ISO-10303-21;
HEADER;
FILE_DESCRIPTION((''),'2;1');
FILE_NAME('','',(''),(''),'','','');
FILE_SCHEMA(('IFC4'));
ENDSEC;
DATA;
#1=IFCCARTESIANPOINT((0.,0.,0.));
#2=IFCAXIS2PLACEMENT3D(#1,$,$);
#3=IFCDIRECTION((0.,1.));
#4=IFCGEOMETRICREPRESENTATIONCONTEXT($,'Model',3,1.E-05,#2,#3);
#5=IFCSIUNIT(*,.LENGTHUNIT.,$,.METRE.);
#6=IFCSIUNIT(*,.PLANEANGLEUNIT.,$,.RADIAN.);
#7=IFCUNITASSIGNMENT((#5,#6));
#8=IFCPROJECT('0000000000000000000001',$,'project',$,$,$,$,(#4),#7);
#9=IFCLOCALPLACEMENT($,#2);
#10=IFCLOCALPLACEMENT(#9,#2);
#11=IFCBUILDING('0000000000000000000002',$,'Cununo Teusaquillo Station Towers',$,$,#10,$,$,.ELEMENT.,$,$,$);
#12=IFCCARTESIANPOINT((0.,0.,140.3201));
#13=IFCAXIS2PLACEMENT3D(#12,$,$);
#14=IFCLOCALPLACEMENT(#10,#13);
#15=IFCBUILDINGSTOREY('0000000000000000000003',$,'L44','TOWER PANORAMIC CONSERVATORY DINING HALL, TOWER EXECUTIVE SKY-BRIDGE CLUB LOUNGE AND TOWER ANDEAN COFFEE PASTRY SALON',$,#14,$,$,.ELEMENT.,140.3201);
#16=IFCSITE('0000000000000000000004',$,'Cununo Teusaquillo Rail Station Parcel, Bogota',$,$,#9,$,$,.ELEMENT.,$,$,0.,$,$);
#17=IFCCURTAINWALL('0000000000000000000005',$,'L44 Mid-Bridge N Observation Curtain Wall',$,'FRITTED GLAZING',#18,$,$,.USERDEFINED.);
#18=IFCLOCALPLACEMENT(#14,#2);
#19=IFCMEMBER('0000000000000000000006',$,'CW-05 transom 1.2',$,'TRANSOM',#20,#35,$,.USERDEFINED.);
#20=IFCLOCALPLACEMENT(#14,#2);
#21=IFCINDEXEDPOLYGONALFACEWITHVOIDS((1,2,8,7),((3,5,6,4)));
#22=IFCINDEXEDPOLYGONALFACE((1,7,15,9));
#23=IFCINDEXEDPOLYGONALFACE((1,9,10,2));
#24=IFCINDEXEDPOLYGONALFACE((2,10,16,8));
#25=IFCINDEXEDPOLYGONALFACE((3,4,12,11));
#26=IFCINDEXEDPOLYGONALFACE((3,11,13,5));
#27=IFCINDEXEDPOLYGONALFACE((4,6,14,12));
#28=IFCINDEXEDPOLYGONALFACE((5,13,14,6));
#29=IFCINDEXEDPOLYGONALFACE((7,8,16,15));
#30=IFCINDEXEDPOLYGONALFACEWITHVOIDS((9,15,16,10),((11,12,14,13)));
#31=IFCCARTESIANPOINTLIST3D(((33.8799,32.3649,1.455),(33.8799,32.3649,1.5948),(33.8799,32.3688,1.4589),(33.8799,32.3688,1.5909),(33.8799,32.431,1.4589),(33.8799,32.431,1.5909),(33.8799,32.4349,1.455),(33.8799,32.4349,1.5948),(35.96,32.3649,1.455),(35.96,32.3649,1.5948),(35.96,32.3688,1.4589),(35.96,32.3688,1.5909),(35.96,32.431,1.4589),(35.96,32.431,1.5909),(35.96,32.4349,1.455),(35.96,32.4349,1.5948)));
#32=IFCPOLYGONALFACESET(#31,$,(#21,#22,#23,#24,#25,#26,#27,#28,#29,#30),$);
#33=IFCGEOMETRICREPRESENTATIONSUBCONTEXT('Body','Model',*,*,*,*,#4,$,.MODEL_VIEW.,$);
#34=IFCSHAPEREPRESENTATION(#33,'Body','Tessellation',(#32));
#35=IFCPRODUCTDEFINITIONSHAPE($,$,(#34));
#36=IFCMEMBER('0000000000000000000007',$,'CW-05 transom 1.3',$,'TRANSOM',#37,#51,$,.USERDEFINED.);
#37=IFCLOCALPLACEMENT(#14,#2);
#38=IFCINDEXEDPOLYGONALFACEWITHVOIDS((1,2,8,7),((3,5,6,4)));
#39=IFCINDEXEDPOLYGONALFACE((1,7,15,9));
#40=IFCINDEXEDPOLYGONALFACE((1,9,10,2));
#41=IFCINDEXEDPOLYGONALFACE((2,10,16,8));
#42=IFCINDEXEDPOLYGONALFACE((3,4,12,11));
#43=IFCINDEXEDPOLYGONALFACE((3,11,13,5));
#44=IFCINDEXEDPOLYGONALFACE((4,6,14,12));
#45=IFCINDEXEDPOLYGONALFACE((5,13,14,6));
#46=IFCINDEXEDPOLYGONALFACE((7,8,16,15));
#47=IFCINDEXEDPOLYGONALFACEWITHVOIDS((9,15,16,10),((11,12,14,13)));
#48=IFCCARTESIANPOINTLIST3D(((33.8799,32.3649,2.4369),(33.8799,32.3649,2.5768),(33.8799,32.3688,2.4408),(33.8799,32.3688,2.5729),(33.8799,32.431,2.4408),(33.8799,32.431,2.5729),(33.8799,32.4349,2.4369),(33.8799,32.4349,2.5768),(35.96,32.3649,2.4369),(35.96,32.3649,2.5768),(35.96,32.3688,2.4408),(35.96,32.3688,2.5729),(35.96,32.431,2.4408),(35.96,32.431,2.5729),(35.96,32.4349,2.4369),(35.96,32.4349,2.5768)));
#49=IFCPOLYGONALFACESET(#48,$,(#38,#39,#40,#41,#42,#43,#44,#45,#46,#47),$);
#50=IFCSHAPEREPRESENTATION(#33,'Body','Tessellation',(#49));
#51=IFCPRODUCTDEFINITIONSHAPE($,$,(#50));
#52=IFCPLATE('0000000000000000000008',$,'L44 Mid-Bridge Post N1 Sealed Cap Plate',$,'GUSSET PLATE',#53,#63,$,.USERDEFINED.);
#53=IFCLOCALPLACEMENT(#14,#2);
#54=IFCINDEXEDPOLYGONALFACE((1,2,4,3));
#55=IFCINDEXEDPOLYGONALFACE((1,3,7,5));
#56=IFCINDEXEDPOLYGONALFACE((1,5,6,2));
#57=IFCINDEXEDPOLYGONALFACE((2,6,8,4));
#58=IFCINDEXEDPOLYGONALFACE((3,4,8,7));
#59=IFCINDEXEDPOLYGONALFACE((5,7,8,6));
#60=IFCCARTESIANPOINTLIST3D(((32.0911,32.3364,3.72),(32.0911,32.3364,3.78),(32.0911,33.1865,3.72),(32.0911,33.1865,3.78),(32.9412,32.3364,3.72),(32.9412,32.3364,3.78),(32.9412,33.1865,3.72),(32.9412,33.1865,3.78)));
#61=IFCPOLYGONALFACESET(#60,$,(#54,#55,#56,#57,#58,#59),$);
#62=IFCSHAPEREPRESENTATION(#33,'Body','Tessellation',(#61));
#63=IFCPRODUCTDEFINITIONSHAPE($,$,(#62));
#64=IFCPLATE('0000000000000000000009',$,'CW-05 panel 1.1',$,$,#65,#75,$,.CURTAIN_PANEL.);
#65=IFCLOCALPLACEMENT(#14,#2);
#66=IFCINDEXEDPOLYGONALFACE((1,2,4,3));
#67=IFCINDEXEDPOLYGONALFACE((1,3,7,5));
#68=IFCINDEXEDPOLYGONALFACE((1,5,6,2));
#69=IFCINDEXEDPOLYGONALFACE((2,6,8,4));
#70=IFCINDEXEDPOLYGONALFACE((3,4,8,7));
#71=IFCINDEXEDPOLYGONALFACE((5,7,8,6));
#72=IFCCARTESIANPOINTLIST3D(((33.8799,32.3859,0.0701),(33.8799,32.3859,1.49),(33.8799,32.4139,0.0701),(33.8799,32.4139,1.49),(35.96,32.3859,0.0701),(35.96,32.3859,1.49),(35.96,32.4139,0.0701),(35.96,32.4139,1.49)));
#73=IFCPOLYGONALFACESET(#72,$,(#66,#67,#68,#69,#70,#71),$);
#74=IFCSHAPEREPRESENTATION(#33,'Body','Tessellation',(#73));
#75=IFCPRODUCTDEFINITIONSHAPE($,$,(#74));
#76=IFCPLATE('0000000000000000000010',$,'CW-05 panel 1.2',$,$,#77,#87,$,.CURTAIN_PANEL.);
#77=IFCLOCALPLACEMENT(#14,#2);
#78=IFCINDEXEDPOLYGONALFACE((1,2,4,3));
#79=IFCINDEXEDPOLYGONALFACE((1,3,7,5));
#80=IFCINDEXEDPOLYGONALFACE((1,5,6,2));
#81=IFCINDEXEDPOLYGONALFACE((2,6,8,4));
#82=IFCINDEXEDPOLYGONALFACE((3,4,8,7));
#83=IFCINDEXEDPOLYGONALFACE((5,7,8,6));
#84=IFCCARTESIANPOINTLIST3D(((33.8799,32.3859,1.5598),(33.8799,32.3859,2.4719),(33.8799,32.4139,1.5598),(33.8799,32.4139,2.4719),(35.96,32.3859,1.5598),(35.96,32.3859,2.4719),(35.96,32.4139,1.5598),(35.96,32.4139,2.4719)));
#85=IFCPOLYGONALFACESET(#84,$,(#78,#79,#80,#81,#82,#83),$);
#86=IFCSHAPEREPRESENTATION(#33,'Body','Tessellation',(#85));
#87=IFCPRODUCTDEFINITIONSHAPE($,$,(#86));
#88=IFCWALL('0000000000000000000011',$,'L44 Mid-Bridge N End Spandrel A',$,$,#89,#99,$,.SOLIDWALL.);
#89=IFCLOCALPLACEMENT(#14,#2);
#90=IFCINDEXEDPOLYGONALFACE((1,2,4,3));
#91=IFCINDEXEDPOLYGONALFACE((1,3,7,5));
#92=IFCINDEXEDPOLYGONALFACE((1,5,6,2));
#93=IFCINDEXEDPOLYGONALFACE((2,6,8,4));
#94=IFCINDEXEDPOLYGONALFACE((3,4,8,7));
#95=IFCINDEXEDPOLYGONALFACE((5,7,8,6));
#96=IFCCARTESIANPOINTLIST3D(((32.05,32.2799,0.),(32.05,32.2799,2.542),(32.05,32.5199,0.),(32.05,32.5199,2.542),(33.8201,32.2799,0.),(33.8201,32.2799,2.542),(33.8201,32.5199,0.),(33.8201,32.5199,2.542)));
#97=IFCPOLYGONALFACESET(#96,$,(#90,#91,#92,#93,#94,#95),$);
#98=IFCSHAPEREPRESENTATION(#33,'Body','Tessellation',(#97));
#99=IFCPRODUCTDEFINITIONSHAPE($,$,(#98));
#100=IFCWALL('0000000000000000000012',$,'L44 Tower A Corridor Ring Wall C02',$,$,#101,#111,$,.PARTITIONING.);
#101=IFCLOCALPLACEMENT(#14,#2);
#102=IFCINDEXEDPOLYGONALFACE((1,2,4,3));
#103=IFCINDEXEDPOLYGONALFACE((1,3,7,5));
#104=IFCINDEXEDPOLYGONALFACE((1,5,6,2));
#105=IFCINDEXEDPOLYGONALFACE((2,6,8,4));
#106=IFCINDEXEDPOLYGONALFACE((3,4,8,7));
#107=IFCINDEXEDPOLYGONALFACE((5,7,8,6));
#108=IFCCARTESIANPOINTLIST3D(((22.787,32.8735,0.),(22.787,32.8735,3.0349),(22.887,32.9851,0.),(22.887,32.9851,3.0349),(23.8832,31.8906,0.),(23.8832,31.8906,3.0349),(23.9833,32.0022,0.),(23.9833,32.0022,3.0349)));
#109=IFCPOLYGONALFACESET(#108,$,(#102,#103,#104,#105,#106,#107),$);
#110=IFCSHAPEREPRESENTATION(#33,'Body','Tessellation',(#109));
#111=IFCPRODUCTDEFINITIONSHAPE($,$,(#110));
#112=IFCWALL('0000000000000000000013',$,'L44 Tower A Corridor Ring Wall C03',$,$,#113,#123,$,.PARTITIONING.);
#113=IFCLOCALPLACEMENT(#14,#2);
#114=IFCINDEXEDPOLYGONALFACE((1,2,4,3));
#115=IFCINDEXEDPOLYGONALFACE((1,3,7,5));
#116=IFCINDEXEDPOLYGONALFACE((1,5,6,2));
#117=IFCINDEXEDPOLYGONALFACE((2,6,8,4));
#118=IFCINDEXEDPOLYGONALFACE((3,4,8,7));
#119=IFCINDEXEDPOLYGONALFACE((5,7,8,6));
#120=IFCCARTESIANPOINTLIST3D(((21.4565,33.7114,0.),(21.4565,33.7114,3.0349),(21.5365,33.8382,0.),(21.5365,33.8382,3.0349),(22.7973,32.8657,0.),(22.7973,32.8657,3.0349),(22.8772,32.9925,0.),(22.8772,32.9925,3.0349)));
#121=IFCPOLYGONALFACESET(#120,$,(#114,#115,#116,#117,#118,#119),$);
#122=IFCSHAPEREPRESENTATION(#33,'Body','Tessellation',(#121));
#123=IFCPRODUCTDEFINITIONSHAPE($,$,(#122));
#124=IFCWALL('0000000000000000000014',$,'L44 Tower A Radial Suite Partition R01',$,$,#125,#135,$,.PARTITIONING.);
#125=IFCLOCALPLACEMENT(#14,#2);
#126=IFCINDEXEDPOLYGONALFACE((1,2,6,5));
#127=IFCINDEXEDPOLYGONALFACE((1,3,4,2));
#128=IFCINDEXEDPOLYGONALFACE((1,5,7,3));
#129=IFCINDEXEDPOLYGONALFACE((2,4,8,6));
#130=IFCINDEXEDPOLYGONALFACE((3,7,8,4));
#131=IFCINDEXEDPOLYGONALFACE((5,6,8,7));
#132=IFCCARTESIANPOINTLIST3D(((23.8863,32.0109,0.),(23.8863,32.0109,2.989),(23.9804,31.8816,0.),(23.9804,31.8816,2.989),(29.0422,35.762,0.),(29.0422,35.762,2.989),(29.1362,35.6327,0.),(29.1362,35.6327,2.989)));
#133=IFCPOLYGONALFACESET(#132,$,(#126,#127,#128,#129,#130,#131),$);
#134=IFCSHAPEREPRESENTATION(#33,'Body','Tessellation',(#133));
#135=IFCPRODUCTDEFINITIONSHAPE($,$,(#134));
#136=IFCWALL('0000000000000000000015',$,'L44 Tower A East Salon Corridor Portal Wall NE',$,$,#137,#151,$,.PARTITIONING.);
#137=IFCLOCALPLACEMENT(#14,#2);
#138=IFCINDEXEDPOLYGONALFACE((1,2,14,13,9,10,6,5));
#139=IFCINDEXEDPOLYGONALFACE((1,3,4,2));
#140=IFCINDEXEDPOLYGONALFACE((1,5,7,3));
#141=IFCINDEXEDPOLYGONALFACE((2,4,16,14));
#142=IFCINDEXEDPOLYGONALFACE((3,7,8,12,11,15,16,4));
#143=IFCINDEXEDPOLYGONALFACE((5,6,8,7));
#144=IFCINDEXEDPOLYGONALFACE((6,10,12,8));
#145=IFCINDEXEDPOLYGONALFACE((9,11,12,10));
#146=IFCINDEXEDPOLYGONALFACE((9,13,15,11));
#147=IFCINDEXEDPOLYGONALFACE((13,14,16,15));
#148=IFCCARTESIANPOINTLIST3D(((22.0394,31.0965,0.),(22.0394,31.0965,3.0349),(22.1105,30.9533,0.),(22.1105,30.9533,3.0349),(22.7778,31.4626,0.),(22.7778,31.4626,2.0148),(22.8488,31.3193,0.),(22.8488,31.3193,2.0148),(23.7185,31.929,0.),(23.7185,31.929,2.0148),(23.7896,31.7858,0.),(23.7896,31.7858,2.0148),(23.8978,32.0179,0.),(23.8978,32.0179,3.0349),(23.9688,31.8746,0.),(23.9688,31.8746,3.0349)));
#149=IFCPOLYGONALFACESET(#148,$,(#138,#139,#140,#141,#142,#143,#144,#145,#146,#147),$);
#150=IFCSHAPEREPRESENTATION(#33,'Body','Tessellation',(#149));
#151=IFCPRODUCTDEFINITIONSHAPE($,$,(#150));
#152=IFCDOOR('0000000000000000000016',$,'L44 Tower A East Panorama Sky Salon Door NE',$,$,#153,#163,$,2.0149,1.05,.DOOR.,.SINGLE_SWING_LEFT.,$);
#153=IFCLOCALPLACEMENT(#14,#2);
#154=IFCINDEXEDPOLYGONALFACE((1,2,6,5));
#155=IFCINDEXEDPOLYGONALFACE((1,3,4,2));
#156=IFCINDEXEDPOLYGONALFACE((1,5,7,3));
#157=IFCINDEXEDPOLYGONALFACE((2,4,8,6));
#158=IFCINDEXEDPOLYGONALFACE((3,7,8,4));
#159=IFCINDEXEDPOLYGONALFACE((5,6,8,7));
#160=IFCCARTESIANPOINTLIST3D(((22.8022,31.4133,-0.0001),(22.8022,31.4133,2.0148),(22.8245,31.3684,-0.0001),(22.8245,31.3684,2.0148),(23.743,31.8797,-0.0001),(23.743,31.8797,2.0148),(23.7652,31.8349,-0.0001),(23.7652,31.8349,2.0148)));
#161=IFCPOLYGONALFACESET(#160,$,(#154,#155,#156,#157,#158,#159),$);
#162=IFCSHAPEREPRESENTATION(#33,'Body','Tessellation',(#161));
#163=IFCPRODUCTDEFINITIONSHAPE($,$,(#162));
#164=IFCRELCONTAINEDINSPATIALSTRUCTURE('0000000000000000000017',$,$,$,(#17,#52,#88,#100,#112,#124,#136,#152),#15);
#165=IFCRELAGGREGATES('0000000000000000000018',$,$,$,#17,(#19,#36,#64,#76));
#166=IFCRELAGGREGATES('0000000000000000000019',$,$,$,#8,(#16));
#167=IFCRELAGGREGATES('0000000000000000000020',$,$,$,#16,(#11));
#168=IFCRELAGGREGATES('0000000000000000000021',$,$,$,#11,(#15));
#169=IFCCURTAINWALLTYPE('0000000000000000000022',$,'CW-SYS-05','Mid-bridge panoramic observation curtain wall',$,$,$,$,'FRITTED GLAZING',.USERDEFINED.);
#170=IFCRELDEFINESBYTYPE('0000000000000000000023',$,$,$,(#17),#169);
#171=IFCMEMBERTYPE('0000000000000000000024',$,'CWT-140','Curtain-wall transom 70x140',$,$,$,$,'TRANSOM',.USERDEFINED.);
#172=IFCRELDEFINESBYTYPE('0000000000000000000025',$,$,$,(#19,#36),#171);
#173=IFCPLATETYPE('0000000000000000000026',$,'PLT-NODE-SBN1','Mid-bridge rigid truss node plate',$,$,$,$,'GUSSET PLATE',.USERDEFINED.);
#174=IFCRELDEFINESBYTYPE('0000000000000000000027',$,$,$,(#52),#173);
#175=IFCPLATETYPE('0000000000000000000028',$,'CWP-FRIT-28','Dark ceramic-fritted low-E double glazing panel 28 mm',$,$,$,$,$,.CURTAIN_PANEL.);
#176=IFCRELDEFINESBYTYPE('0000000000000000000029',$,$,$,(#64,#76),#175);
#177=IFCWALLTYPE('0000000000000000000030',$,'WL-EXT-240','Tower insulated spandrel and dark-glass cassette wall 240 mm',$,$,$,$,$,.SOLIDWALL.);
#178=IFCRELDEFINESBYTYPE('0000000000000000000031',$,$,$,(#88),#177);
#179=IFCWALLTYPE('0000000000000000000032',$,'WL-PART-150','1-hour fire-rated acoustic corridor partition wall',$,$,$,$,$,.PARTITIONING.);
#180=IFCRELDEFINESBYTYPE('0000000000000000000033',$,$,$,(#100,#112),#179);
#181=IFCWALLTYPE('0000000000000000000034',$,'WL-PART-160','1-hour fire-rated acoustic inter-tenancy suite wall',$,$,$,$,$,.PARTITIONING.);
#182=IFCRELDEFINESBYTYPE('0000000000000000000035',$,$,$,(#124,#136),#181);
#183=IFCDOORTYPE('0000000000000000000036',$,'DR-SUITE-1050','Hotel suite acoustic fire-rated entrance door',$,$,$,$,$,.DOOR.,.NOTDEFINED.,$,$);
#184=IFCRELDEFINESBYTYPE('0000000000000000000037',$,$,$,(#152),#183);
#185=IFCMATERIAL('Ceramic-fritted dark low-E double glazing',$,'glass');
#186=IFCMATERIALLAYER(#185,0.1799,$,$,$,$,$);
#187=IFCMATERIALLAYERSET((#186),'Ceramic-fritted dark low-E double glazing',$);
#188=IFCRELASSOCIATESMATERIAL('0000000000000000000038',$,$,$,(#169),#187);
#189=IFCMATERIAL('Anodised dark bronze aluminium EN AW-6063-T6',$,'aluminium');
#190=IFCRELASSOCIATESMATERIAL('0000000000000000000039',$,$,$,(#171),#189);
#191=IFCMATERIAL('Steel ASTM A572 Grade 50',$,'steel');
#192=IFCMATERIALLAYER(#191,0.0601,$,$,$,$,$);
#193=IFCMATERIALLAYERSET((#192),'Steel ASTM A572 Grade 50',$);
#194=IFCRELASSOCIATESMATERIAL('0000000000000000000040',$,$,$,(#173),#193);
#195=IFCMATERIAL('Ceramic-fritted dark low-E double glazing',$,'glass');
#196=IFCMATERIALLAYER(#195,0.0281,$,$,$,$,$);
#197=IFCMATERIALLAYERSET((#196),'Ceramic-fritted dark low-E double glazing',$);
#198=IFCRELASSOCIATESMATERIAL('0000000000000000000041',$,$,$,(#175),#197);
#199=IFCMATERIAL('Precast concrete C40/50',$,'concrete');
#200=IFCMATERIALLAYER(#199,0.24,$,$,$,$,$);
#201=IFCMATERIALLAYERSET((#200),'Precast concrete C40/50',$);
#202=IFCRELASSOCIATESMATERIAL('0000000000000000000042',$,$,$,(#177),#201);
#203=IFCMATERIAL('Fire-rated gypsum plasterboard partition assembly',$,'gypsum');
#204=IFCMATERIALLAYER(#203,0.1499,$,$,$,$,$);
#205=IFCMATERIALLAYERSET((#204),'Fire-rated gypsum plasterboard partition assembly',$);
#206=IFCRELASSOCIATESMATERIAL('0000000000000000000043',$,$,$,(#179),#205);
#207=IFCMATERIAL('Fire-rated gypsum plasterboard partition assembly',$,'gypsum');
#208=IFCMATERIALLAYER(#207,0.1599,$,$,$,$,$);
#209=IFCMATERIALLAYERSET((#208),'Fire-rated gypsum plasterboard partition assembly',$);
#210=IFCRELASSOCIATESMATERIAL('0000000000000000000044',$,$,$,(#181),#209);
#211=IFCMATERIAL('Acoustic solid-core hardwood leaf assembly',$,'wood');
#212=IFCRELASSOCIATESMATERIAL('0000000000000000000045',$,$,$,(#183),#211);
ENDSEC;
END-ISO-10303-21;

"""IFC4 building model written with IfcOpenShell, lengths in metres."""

from ifc_helpers import new_model, si_unit, direction, frame, frame_2d, origin, origin_2d, place, context, subcontext, project, spatial, rectangle, hollow_rectangle, extrude, source, transform, mapped, material, layer, layer_set, material_profile, profile_set, type_object, element, fill, aggregate, save


model = new_model("IFC4")

# Units and contexts
model_context = context("Model", 3, precision=1e-05, world=origin(), true_north=direction((0.0, 1.0)))
body_context = subcontext(model_context, "Body", "Model", "MODEL_VIEW")
ifc_project = project(units=[si_unit("LENGTHUNIT", "METRE"), si_unit("PLANEANGLEUNIT", "RADIAN")], contexts=[model_context])

# Site, building, storey
site_placement = place(None, origin())
site = spatial("IfcSite", under=ifc_project, at=site_placement, Name="Cununo Teusaquillo Rail Station Parcel, Bogota", CompositionType="ELEMENT", RefElevation=0.0)
building_placement = place(site_placement, origin())
building = spatial("IfcBuilding", under=site, at=building_placement, Name="Cununo Teusaquillo Station Towers", CompositionType="ELEMENT")
storey_placement = place(building_placement, frame((0.0, 0.0, 140.3201)))
storey = spatial("IfcBuildingStorey", under=building, at=storey_placement, Name="L44", Description="TOWER PANORAMIC CONSERVATORY DINING HALL, TOWER EXECUTIVE SKY-BRIDGE CLUB LOUNGE AND TOWER ANDEAN COFFEE PASTRY SALON", CompositionType="ELEMENT", Elevation=140.3201)

# Curtain wall, members
ifc_material_1 = material(Name="Ceramic-fritted dark low-E double glazing", Category="glass")
ifc_layer_1 = layer(ifc_material_1, 0.1799)
ifc_layer_set_1 = layer_set([ifc_layer_1], Name="Ceramic-fritted dark low-E double glazing")
curtain_wall_type = type_object("IfcCurtainWallType", Name="CW-SYS-05", Description="Mid-bridge panoramic observation curtain wall", ElementType="FRITTED GLAZING", PredefinedType="USERDEFINED", material=ifc_layer_set_1)
curtain_wall_placement = place(storey_placement, origin())
curtain_wall = element("IfcCurtainWall", 1, at=curtain_wall_placement, inside=storey, type_object=curtain_wall_type, Name="L44 Mid-Bridge N Observation Curtain Wall", ObjectType="FRITTED GLAZING", PredefinedType="USERDEFINED")
ifc_material_2 = material(Name="Anodised dark bronze aluminium EN AW-6063-T6", Category="aluminium")
ifc_material_profile_1 = material_profile(ifc_material_2, hollow_rectangle(XDim=0.0701, YDim=0.1399, WallThickness=0.0039, at=origin_2d()), Name="CW-TRAN-70x140")
ifc_profile_set_1 = profile_set([ifc_material_profile_1], Name="Anodised dark bronze aluminium EN AW-6063-T6")
member_type_1 = type_object("IfcMemberType", Name="CWT-140", Description="Curtain-wall transom 70x140", ElementType="TRANSOM", PredefinedType="USERDEFINED", material=ifc_profile_set_1)
member_1_placement = place(storey_placement, frame((33.8799, 32.3999, 1.5249), z_axis=(1.0, 0.0, 0.0), x_axis=(0.0, 1.0, 0.0)))
member_1 = element("IfcMember", 2, at=member_1_placement, type_object=member_type_1, Name="CW-05 transom 1.2", ObjectType="TRANSOM", PredefinedType="USERDEFINED", context=body_context, shape_type="SweptSolid", body=[
    extrude(hollow_rectangle(XDim=0.0701, YDim=0.1399, WallThickness=0.0039, at=origin_2d()), origin(), (0.0, 0.0, 1.0), 2.0801),
])
member_2_placement = place(storey_placement, frame((33.8799, 32.3999, 2.5068), z_axis=(1.0, 0.0, 0.0), x_axis=(0.0, 1.0, 0.0)))
member_2 = element("IfcMember", 3, at=member_2_placement, type_object=member_type_1, Name="CW-05 transom 1.3", ObjectType="TRANSOM", PredefinedType="USERDEFINED", context=body_context, shape_type="SweptSolid", body=[
    extrude(hollow_rectangle(XDim=0.0701, YDim=0.1399, WallThickness=0.0039, at=origin_2d()), origin(), (0.0, 0.0, 1.0), 2.0801),
])

# Plates
ifc_material_3 = material(Name="Steel ASTM A572 Grade 50", Category="steel")
ifc_layer_2 = layer(ifc_material_3, 0.0601)
ifc_layer_set_2 = layer_set([ifc_layer_2], Name="Steel ASTM A572 Grade 50")
plate_type_1 = type_object("IfcPlateType", Name="PLT-NODE-SBN1", Description="Mid-bridge rigid truss node plate", ElementType="GUSSET PLATE", PredefinedType="USERDEFINED", material=ifc_layer_set_2)
shared_shape_1 = source(origin(), body_context, "Body", "SweptSolid", [
    extrude(rectangle(XDim=0.8501, YDim=0.8501, at=origin_2d()), origin(), (0.0, 0.0, 1.0), 0.0601),
])
plate_1_placement = place(storey_placement, frame((32.5161, 32.7615, 3.72), z_axis=(0.0, 0.0, 1.0), x_axis=(1.0, 0.0, 0.0)))
element("IfcPlate", 4, at=plate_1_placement, inside=storey, type_object=plate_type_1, Name="L44 Mid-Bridge Post N1 Sealed Cap Plate", ObjectType="GUSSET PLATE", PredefinedType="USERDEFINED", context=body_context, shape_type="MappedRepresentation", body=[
    mapped(shared_shape_1, transform((0.0, 0.0, 0.0), x_axis=(1.0, 0.0, 0.0), y_axis=(0.0, 1.0, 0.0), z_axis=(0.0, 0.0, 1.0), scale=1.0)),
])
ifc_material_4 = material(Name="Ceramic-fritted dark low-E double glazing", Category="glass")
ifc_layer_3 = layer(ifc_material_4, 0.0281)
ifc_layer_set_3 = layer_set([ifc_layer_3], Name="Ceramic-fritted dark low-E double glazing")
plate_type_2 = type_object("IfcPlateType", Name="CWP-FRIT-28", Description="Dark ceramic-fritted low-E double glazing panel 28 mm", PredefinedType="CURTAIN_PANEL", material=ifc_layer_set_3)
shared_shape_2 = source(origin(), body_context, "Body", "SweptSolid", [
    extrude(rectangle(XDim=2.0801, YDim=0.0281, at=origin_2d()), origin(), (0.0, 0.0, 1.0), 1.4199),
])
plate_2_placement = place(storey_placement, frame((34.9199, 32.3999, 0.0701), z_axis=(0.0, 0.0, 1.0), x_axis=(1.0, 0.0, 0.0)))
plate_2 = element("IfcPlate", 5, at=plate_2_placement, type_object=plate_type_2, Name="CW-05 panel 1.1", PredefinedType="CURTAIN_PANEL", context=body_context, shape_type="MappedRepresentation", body=[
    mapped(shared_shape_2, transform((0.0, 0.0, 0.0), x_axis=(1.0, 0.0, 0.0), y_axis=(0.0, 1.0, 0.0), z_axis=(0.0, 0.0, 1.0), scale=1.0)),
])
shared_shape_3 = source(origin(), body_context, "Body", "SweptSolid", [
    extrude(rectangle(XDim=2.0801, YDim=0.0281, at=origin_2d()), origin(), (0.0, 0.0, 1.0), 0.9121),
])
plate_3_placement = place(storey_placement, frame((34.9199, 32.3999, 1.5598), z_axis=(0.0, 0.0, 1.0), x_axis=(1.0, 0.0, 0.0)))
plate_3 = element("IfcPlate", 6, at=plate_3_placement, type_object=plate_type_2, Name="CW-05 panel 1.2", PredefinedType="CURTAIN_PANEL", context=body_context, shape_type="MappedRepresentation", body=[
    mapped(shared_shape_3, transform((0.0, 0.0, 0.0), x_axis=(1.0, 0.0, 0.0), y_axis=(0.0, 1.0, 0.0), z_axis=(0.0, 0.0, 1.0), scale=1.0)),
])
aggregate(curtain_wall, [member_1, member_2, plate_2, plate_3])

# Walls
ifc_material_5 = material(Name="Precast concrete C40/50", Category="concrete")
ifc_layer_4 = layer(ifc_material_5, 0.24)
ifc_layer_set_4 = layer_set([ifc_layer_4], Name="Precast concrete C40/50")
wall_type_1 = type_object("IfcWallType", Name="WL-EXT-240", Description="Tower insulated spandrel and dark-glass cassette wall 240 mm", PredefinedType="SOLIDWALL", material=ifc_layer_set_4)
wall_1_placement = place(storey_placement, frame((32.05, 32.3999, 0.0), z_axis=(0.0, 0.0, 1.0), x_axis=(1.0, 0.0, 0.0)))
element("IfcWall", 7, at=wall_1_placement, inside=storey, type_object=wall_type_1, Name="L44 Mid-Bridge N End Spandrel A", PredefinedType="SOLIDWALL", context=body_context, shape_type="SweptSolid", body=[
    extrude(rectangle(XDim=1.77, YDim=0.24, at=frame_2d((0.885, 0.0))), origin(), (0.0, 0.0, 1.0), 2.542),
])
ifc_material_6 = material(Name="Fire-rated gypsum plasterboard partition assembly", Category="gypsum")
ifc_layer_5 = layer(ifc_material_6, 0.1499)
ifc_layer_set_5 = layer_set([ifc_layer_5], Name="Fire-rated gypsum plasterboard partition assembly")
wall_type_2 = type_object("IfcWallType", Name="WL-PART-150", Description="1-hour fire-rated acoustic corridor partition wall", PredefinedType="PARTITIONING", material=ifc_layer_set_5)
wall_2_placement = place(storey_placement, frame((23.9333, 31.9463, 0.0), z_axis=(0.0, 0.0, 1.0), x_axis=(-0.74453, 0.667589, 0.0)))
element("IfcWall", 8, at=wall_2_placement, inside=storey, type_object=wall_type_2, Name="L44 Tower A Corridor Ring Wall C02", PredefinedType="PARTITIONING", context=body_context, shape_type="SweptSolid", body=[
    extrude(rectangle(XDim=1.4724, YDim=0.1499, at=frame_2d((0.7363, 0.0))), origin(), (0.0, 0.0, 1.0), 3.0349),
])
wall_3_placement = place(storey_placement, frame((22.8372, 32.9292, 0.0), z_axis=(0.0, 0.0, 1.0), x_axis=(-0.845811, 0.533483, 0.0)))
element("IfcWall", 9, at=wall_3_placement, inside=storey, type_object=wall_type_2, Name="L44 Tower A Corridor Ring Wall C03", PredefinedType="PARTITIONING", context=body_context, shape_type="SweptSolid", body=[
    extrude(rectangle(XDim=1.5852, YDim=0.1499, at=frame_2d((0.7925, 0.0))), origin(), (0.0, 0.0, 1.0), 3.0349),
])
ifc_material_7 = material(Name="Fire-rated gypsum plasterboard partition assembly", Category="gypsum")
ifc_layer_6 = layer(ifc_material_7, 0.1599)
ifc_layer_set_6 = layer_set([ifc_layer_6], Name="Fire-rated gypsum plasterboard partition assembly")
wall_type_3 = type_object("IfcWallType", Name="WL-PART-160", Description="1-hour fire-rated acoustic inter-tenancy suite wall", PredefinedType="PARTITIONING", material=ifc_layer_set_6)
wall_4_placement = place(storey_placement, frame((23.9333, 31.9463, 0.0), z_axis=(0.0, 0.0, 1.0), x_axis=(0.808637, 0.588308, 0.0)))
element("IfcWall", 10, at=wall_4_placement, inside=storey, type_object=wall_type_3, Name="L44 Tower A Radial Suite Partition R01", PredefinedType="PARTITIONING", context=body_context, shape_type="SweptSolid", body=[
    extrude(rectangle(XDim=6.376, YDim=0.1599, at=frame_2d((3.188, 0.0))), origin(), (0.0, 0.0, 1.0), 2.989),
])

# Wall, opening, door
wall_5_placement = place(storey_placement, frame((22.075, 31.0249, 0.0), z_axis=(0.0, 0.0, 1.0), x_axis=(0.895929, 0.444198, 0.0)))
wall_5 = element("IfcWall", 11, at=wall_5_placement, inside=storey, type_object=wall_type_3, Name="L44 Tower A East Salon Corridor Portal Wall NE", PredefinedType="PARTITIONING", context=body_context, shape_type="SweptSolid", body=[
    extrude(rectangle(XDim=2.0742, YDim=0.1599, at=frame_2d((1.0371, 0.0))), origin(), (0.0, 0.0, 1.0), 3.0349),
])
shared_shape_4 = source(origin(), body_context, "Body", "SweptSolid", [
    extrude(rectangle(XDim=1.05, YDim=2.0149, at=frame_2d((0.5249, 1.0073))), frame((0.0, 0.0898, 0.0), z_axis=(0.0, -1.0, 0.0), x_axis=(1.0, 0.0, 0.0)), (0.0, 0.0, 1.0), 0.1799),
])
opening_placement = place(wall_5_placement, frame((0.8242, 0.0, 0.0)))
opening = element("IfcOpeningElement", 12, at=opening_placement, cuts=wall_5, PredefinedType="OPENING", context=body_context, shape_type="MappedRepresentation", body=[
    mapped(shared_shape_4, transform((0.0, 0.0, 0.0), x_axis=(1.0, 0.0, 0.0), y_axis=(0.0, 1.0, 0.0), z_axis=(0.0, 0.0, 1.0), scale=1.0)),
])
ifc_material_8 = material(Name="Acoustic solid-core hardwood leaf assembly", Category="wood")
door_type = type_object("IfcDoorType", Name="DR-SUITE-1050", Description="Hotel suite acoustic fire-rated entrance door", OperationType="NOTDEFINED", PredefinedType="DOOR", material=ifc_material_8)
shared_shape_5 = source(origin(), body_context, "Body", "SweptSolid", [
    extrude(rectangle(XDim=1.05, YDim=2.0149, at=frame_2d((0.5249, 1.0073))), frame((0.0, 0.0249, 0.0), z_axis=(0.0, -1.0, 0.0), x_axis=(1.0, 0.0, 0.0)), (0.0, 0.0, 1.0), 0.05),
])
door_placement = place(opening_placement, origin())
door = element("IfcDoor", 13, at=door_placement, inside=storey, type_object=door_type, Name="L44 Tower A East Panorama Sky Salon Door NE", OperationType="SINGLE_SWING_LEFT", OverallHeight=2.0149, OverallWidth=1.05, PredefinedType="DOOR", context=body_context, shape_type="MappedRepresentation", body=[
    mapped(shared_shape_5, transform((0.0, 0.0, 0.0), x_axis=(1.0, 0.0, 0.0), y_axis=(0.0, 1.0, 0.0), z_axis=(0.0, 0.0, 1.0), scale=1.0)),
])
fill(opening, door)

save(model, "model.ifc")
